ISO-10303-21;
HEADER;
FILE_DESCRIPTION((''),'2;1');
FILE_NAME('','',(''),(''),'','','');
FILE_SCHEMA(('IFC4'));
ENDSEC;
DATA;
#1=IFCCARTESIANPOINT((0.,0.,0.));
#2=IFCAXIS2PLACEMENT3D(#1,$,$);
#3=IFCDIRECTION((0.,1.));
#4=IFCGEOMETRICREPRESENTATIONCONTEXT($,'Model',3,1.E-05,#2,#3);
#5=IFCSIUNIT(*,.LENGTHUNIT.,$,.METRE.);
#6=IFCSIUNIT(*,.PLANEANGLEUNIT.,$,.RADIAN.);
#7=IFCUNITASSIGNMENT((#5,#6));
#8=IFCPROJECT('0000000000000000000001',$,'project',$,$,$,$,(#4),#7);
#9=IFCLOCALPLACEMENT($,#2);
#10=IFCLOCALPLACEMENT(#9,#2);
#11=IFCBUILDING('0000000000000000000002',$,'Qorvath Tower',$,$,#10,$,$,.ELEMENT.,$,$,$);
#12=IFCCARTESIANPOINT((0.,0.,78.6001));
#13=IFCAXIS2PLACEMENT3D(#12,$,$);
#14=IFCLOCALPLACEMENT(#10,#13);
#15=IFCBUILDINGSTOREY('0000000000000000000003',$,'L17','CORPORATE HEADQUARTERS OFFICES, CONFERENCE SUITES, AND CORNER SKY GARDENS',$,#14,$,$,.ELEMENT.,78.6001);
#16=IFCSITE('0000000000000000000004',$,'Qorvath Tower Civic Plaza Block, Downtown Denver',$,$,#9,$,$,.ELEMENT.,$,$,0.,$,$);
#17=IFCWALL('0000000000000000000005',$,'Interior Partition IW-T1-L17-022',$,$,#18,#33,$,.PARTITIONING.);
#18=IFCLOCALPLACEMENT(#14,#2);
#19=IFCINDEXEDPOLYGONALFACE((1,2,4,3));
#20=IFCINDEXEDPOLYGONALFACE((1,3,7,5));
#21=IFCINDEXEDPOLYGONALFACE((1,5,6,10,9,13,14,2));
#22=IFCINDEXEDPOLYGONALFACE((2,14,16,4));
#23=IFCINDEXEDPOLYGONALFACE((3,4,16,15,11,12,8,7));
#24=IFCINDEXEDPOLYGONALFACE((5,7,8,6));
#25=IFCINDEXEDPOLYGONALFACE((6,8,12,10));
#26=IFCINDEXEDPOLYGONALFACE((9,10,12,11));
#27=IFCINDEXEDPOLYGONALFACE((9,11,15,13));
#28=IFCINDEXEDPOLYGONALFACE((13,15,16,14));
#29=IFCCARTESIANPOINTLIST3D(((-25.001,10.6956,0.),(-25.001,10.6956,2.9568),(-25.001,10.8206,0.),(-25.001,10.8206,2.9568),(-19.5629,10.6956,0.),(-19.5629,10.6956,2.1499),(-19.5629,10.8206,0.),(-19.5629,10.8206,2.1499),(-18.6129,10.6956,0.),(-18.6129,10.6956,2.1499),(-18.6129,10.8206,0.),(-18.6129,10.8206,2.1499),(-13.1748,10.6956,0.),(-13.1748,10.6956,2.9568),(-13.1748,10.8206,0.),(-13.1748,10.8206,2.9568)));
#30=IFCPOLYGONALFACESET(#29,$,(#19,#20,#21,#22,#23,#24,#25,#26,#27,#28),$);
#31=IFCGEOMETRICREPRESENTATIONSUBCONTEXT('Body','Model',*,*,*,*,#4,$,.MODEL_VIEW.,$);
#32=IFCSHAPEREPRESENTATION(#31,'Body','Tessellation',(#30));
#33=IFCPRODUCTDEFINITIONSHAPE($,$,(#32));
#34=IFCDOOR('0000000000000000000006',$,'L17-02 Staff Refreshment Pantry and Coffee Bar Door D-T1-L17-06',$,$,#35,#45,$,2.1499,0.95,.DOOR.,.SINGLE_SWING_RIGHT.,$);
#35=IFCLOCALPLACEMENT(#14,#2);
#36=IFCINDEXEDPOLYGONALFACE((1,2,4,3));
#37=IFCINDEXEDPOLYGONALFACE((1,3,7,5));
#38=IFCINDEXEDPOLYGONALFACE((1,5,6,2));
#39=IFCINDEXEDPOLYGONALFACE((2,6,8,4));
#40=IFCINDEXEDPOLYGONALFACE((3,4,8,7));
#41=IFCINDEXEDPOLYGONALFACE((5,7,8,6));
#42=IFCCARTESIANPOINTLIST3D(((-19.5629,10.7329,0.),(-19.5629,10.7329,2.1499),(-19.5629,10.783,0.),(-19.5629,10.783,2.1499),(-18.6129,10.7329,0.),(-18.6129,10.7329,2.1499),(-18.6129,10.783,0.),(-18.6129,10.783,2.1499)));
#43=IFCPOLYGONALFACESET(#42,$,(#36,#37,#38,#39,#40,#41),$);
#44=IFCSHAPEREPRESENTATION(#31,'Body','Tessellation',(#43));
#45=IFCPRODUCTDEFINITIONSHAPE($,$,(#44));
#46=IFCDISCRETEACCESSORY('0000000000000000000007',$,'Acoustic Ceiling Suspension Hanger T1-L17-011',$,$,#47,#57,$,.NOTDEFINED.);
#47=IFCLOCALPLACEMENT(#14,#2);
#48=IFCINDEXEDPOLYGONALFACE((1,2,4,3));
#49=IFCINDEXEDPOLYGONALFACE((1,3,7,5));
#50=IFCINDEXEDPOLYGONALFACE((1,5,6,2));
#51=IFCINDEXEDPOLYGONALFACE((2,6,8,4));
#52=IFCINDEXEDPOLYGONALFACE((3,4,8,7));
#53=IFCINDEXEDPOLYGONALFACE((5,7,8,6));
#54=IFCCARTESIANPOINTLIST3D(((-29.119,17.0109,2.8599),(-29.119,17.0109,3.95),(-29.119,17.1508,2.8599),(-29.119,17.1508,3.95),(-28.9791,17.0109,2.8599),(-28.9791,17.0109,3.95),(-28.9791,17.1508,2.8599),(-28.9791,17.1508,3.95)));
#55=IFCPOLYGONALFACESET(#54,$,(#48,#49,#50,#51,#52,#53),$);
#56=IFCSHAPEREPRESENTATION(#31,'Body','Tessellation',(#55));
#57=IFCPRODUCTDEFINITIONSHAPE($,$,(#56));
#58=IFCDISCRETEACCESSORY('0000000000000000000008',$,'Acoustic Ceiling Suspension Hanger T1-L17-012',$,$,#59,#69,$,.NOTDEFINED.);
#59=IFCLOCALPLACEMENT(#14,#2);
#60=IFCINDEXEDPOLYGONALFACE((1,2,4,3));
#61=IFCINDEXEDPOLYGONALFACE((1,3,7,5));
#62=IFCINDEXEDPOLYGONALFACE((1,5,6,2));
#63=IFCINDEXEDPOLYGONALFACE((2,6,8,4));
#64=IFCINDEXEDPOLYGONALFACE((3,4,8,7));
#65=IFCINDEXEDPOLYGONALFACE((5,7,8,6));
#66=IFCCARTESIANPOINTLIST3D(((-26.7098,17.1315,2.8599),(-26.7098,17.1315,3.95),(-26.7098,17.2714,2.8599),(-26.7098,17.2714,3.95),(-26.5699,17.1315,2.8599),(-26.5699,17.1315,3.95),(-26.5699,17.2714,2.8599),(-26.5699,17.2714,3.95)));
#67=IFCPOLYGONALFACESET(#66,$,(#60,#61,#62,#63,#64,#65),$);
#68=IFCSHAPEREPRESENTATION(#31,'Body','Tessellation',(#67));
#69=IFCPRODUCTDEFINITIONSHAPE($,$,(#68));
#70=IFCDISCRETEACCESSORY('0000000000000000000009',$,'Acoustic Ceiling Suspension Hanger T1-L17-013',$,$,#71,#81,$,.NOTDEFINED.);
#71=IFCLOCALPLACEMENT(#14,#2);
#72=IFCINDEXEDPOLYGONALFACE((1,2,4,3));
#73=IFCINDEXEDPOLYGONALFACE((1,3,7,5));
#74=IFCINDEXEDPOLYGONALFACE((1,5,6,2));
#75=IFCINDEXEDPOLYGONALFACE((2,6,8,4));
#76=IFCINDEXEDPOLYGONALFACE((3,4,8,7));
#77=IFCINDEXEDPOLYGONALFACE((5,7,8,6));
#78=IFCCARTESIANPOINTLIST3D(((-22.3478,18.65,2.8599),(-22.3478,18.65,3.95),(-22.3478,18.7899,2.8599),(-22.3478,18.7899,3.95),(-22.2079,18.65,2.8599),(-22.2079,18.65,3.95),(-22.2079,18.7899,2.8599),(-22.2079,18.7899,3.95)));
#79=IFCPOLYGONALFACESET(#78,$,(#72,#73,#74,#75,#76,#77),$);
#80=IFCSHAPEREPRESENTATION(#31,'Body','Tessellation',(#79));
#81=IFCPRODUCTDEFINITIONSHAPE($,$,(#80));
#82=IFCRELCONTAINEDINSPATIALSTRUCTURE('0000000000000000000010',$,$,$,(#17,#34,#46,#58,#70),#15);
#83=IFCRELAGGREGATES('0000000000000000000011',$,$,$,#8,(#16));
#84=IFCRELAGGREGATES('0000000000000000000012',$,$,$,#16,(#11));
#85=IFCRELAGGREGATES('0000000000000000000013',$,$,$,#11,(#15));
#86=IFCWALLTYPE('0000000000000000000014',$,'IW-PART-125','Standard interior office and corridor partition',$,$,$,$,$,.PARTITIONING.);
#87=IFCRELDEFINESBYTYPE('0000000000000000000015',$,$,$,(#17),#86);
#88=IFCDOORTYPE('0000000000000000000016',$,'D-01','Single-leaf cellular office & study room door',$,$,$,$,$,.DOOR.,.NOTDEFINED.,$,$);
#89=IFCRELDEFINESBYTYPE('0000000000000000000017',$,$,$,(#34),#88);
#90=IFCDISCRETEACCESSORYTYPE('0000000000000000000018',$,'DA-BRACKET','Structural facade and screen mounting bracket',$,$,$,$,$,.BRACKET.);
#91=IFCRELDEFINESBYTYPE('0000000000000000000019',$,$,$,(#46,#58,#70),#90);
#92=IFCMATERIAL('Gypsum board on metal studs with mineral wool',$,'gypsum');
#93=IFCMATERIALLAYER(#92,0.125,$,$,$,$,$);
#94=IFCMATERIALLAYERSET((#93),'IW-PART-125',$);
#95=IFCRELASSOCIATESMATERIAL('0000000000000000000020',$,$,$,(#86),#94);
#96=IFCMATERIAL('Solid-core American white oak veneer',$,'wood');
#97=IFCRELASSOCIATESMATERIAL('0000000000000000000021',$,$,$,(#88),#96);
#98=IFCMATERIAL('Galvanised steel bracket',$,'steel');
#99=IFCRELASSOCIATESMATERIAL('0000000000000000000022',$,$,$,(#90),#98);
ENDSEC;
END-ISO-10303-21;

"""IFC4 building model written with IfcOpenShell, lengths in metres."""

from ifc_helpers import new_model, si_unit, direction, frame, frame_2d, origin, origin_2d, place, context, subcontext, project, spatial, rectangle, extrude, material, layer, layer_set, type_object, element, fill, save


model = new_model("IFC4")

# Units and contexts
model_context = context("Model", 3, precision=1e-05, world=origin(), true_north=direction((0.0, 1.0)))
body_context = subcontext(model_context, "Body", "Model", "MODEL_VIEW")
ifc_project = project(units=[si_unit("LENGTHUNIT", "METRE"), si_unit("PLANEANGLEUNIT", "RADIAN")], contexts=[model_context])

# Site, building, storey
site_placement = place(None, origin())
site = spatial("IfcSite", under=ifc_project, at=site_placement, Name="Qorvath Tower Civic Plaza Block, Downtown Denver", CompositionType="ELEMENT", RefElevation=0.0)
building_placement = place(site_placement, origin())
building = spatial("IfcBuilding", under=site, at=building_placement, Name="Qorvath Tower", CompositionType="ELEMENT")
storey_placement = place(building_placement, frame((0.0, 0.0, 78.6001)))
storey = spatial("IfcBuildingStorey", under=building, at=storey_placement, Name="L17", Description="CORPORATE HEADQUARTERS OFFICES, CONFERENCE SUITES, AND CORNER SKY GARDENS", CompositionType="ELEMENT", Elevation=78.6001)

# Shared definitions
ifc_material_1 = material(Name="Gypsum board on metal studs with mineral wool", Category="gypsum")
ifc_layer_1 = layer(ifc_material_1, 0.125)
ifc_layer_set_1 = layer_set([ifc_layer_1], Name="IW-PART-125")
wall_type = type_object("IfcWallType", Name="IW-PART-125", Description="Standard interior office and corridor partition", PredefinedType="PARTITIONING", material=ifc_layer_set_1)

# Wall, opening, door
wall_1_placement = place(storey_placement, frame((-25.001, 10.7581, 0.0), z_axis=(0.0, 0.0, 1.0), x_axis=(1.0, 0.0, 0.0)))
wall_1 = element("IfcWall", 1, at=wall_1_placement, inside=storey, type_object=wall_type, Name="Interior Partition IW-T1-L17-022", PredefinedType="PARTITIONING", context=body_context, shape_type="SweptSolid", body=[
    extrude(rectangle(XDim=11.8262, YDim=0.125, at=frame_2d((5.9131, 0.0))), origin(), (0.0, 0.0, 1.0), 2.9568),
])
opening_placement = place(wall_1_placement, frame((5.438, 0.0, 0.0)))
opening = element("IfcOpeningElement", 2, at=opening_placement, cuts=wall_1, PredefinedType="OPENING", context=body_context, shape_type="SweptSolid", body=[
    extrude(rectangle(XDim=0.95, YDim=2.1499, at=frame_2d((0.4751, 1.075))), frame((0.0, 0.0725, 0.0), z_axis=(0.0, -1.0, 0.0), x_axis=(1.0, 0.0, 0.0)), (0.0, 0.0, 1.0), 0.145),
])
ifc_material_2 = material(Name="Solid-core American white oak veneer", Category="wood")
door_type = type_object("IfcDoorType", Name="D-01", Description="Single-leaf cellular office & study room door", OperationType="NOTDEFINED", PredefinedType="DOOR", material=ifc_material_2)
door_placement = place(opening_placement, origin())
door = element("IfcDoor", 3, at=door_placement, inside=storey, type_object=door_type, Name="L17-02 Staff Refreshment Pantry and Coffee Bar Door D-T1-L17-06", OperationType="SINGLE_SWING_RIGHT", OverallHeight=2.1499, OverallWidth=0.95, PredefinedType="DOOR", context=body_context, shape_type="SweptSolid", body=[
    extrude(rectangle(XDim=0.95, YDim=2.1499, at=frame_2d((0.4751, 1.075))), frame((0.0, 0.0249, 0.0), z_axis=(0.0, -1.0, 0.0), x_axis=(1.0, 0.0, 0.0)), (0.0, 0.0, 1.0), 0.05),
])
fill(opening, door)

# Discrete accessories
ifc_material_3 = material(Name="Galvanised steel bracket", Category="steel")
discrete_accessory_type = type_object("IfcDiscreteAccessoryType", Name="DA-BRACKET", Description="Structural facade and screen mounting bracket", PredefinedType="BRACKET", material=ifc_material_3)
for number, where, z_axis, x_axis, name in (
    (4, (-29.0491, 17.0808, 2.8599), (0.0, 0.0, 1.0), (1.0, 0.0, 0.0), "Acoustic Ceiling Suspension Hanger T1-L17-011"),
    (5, (-26.6399, 17.2014, 2.8599), (0.0, 0.0, 1.0), (1.0, 0.0, 0.0), "Acoustic Ceiling Suspension Hanger T1-L17-012"),
    (6, (-22.2778, 18.72, 2.8599), (0.0, 0.0, 1.0), (1.0, 0.0, 0.0), "Acoustic Ceiling Suspension Hanger T1-L17-013"),
):
    element("IfcDiscreteAccessory", number, at=place(storey_placement, frame(where, z_axis=z_axis, x_axis=x_axis)), inside=storey, type_object=discrete_accessory_type, Name=name, PredefinedType="NOTDEFINED", context=body_context, shape_type="SweptSolid", body=[
        extrude(rectangle(XDim=0.1399, YDim=0.1399, at=origin_2d()), origin(), (0.0, 0.0, 1.0), 1.0901),
    ])

save(model, "model.ifc")
